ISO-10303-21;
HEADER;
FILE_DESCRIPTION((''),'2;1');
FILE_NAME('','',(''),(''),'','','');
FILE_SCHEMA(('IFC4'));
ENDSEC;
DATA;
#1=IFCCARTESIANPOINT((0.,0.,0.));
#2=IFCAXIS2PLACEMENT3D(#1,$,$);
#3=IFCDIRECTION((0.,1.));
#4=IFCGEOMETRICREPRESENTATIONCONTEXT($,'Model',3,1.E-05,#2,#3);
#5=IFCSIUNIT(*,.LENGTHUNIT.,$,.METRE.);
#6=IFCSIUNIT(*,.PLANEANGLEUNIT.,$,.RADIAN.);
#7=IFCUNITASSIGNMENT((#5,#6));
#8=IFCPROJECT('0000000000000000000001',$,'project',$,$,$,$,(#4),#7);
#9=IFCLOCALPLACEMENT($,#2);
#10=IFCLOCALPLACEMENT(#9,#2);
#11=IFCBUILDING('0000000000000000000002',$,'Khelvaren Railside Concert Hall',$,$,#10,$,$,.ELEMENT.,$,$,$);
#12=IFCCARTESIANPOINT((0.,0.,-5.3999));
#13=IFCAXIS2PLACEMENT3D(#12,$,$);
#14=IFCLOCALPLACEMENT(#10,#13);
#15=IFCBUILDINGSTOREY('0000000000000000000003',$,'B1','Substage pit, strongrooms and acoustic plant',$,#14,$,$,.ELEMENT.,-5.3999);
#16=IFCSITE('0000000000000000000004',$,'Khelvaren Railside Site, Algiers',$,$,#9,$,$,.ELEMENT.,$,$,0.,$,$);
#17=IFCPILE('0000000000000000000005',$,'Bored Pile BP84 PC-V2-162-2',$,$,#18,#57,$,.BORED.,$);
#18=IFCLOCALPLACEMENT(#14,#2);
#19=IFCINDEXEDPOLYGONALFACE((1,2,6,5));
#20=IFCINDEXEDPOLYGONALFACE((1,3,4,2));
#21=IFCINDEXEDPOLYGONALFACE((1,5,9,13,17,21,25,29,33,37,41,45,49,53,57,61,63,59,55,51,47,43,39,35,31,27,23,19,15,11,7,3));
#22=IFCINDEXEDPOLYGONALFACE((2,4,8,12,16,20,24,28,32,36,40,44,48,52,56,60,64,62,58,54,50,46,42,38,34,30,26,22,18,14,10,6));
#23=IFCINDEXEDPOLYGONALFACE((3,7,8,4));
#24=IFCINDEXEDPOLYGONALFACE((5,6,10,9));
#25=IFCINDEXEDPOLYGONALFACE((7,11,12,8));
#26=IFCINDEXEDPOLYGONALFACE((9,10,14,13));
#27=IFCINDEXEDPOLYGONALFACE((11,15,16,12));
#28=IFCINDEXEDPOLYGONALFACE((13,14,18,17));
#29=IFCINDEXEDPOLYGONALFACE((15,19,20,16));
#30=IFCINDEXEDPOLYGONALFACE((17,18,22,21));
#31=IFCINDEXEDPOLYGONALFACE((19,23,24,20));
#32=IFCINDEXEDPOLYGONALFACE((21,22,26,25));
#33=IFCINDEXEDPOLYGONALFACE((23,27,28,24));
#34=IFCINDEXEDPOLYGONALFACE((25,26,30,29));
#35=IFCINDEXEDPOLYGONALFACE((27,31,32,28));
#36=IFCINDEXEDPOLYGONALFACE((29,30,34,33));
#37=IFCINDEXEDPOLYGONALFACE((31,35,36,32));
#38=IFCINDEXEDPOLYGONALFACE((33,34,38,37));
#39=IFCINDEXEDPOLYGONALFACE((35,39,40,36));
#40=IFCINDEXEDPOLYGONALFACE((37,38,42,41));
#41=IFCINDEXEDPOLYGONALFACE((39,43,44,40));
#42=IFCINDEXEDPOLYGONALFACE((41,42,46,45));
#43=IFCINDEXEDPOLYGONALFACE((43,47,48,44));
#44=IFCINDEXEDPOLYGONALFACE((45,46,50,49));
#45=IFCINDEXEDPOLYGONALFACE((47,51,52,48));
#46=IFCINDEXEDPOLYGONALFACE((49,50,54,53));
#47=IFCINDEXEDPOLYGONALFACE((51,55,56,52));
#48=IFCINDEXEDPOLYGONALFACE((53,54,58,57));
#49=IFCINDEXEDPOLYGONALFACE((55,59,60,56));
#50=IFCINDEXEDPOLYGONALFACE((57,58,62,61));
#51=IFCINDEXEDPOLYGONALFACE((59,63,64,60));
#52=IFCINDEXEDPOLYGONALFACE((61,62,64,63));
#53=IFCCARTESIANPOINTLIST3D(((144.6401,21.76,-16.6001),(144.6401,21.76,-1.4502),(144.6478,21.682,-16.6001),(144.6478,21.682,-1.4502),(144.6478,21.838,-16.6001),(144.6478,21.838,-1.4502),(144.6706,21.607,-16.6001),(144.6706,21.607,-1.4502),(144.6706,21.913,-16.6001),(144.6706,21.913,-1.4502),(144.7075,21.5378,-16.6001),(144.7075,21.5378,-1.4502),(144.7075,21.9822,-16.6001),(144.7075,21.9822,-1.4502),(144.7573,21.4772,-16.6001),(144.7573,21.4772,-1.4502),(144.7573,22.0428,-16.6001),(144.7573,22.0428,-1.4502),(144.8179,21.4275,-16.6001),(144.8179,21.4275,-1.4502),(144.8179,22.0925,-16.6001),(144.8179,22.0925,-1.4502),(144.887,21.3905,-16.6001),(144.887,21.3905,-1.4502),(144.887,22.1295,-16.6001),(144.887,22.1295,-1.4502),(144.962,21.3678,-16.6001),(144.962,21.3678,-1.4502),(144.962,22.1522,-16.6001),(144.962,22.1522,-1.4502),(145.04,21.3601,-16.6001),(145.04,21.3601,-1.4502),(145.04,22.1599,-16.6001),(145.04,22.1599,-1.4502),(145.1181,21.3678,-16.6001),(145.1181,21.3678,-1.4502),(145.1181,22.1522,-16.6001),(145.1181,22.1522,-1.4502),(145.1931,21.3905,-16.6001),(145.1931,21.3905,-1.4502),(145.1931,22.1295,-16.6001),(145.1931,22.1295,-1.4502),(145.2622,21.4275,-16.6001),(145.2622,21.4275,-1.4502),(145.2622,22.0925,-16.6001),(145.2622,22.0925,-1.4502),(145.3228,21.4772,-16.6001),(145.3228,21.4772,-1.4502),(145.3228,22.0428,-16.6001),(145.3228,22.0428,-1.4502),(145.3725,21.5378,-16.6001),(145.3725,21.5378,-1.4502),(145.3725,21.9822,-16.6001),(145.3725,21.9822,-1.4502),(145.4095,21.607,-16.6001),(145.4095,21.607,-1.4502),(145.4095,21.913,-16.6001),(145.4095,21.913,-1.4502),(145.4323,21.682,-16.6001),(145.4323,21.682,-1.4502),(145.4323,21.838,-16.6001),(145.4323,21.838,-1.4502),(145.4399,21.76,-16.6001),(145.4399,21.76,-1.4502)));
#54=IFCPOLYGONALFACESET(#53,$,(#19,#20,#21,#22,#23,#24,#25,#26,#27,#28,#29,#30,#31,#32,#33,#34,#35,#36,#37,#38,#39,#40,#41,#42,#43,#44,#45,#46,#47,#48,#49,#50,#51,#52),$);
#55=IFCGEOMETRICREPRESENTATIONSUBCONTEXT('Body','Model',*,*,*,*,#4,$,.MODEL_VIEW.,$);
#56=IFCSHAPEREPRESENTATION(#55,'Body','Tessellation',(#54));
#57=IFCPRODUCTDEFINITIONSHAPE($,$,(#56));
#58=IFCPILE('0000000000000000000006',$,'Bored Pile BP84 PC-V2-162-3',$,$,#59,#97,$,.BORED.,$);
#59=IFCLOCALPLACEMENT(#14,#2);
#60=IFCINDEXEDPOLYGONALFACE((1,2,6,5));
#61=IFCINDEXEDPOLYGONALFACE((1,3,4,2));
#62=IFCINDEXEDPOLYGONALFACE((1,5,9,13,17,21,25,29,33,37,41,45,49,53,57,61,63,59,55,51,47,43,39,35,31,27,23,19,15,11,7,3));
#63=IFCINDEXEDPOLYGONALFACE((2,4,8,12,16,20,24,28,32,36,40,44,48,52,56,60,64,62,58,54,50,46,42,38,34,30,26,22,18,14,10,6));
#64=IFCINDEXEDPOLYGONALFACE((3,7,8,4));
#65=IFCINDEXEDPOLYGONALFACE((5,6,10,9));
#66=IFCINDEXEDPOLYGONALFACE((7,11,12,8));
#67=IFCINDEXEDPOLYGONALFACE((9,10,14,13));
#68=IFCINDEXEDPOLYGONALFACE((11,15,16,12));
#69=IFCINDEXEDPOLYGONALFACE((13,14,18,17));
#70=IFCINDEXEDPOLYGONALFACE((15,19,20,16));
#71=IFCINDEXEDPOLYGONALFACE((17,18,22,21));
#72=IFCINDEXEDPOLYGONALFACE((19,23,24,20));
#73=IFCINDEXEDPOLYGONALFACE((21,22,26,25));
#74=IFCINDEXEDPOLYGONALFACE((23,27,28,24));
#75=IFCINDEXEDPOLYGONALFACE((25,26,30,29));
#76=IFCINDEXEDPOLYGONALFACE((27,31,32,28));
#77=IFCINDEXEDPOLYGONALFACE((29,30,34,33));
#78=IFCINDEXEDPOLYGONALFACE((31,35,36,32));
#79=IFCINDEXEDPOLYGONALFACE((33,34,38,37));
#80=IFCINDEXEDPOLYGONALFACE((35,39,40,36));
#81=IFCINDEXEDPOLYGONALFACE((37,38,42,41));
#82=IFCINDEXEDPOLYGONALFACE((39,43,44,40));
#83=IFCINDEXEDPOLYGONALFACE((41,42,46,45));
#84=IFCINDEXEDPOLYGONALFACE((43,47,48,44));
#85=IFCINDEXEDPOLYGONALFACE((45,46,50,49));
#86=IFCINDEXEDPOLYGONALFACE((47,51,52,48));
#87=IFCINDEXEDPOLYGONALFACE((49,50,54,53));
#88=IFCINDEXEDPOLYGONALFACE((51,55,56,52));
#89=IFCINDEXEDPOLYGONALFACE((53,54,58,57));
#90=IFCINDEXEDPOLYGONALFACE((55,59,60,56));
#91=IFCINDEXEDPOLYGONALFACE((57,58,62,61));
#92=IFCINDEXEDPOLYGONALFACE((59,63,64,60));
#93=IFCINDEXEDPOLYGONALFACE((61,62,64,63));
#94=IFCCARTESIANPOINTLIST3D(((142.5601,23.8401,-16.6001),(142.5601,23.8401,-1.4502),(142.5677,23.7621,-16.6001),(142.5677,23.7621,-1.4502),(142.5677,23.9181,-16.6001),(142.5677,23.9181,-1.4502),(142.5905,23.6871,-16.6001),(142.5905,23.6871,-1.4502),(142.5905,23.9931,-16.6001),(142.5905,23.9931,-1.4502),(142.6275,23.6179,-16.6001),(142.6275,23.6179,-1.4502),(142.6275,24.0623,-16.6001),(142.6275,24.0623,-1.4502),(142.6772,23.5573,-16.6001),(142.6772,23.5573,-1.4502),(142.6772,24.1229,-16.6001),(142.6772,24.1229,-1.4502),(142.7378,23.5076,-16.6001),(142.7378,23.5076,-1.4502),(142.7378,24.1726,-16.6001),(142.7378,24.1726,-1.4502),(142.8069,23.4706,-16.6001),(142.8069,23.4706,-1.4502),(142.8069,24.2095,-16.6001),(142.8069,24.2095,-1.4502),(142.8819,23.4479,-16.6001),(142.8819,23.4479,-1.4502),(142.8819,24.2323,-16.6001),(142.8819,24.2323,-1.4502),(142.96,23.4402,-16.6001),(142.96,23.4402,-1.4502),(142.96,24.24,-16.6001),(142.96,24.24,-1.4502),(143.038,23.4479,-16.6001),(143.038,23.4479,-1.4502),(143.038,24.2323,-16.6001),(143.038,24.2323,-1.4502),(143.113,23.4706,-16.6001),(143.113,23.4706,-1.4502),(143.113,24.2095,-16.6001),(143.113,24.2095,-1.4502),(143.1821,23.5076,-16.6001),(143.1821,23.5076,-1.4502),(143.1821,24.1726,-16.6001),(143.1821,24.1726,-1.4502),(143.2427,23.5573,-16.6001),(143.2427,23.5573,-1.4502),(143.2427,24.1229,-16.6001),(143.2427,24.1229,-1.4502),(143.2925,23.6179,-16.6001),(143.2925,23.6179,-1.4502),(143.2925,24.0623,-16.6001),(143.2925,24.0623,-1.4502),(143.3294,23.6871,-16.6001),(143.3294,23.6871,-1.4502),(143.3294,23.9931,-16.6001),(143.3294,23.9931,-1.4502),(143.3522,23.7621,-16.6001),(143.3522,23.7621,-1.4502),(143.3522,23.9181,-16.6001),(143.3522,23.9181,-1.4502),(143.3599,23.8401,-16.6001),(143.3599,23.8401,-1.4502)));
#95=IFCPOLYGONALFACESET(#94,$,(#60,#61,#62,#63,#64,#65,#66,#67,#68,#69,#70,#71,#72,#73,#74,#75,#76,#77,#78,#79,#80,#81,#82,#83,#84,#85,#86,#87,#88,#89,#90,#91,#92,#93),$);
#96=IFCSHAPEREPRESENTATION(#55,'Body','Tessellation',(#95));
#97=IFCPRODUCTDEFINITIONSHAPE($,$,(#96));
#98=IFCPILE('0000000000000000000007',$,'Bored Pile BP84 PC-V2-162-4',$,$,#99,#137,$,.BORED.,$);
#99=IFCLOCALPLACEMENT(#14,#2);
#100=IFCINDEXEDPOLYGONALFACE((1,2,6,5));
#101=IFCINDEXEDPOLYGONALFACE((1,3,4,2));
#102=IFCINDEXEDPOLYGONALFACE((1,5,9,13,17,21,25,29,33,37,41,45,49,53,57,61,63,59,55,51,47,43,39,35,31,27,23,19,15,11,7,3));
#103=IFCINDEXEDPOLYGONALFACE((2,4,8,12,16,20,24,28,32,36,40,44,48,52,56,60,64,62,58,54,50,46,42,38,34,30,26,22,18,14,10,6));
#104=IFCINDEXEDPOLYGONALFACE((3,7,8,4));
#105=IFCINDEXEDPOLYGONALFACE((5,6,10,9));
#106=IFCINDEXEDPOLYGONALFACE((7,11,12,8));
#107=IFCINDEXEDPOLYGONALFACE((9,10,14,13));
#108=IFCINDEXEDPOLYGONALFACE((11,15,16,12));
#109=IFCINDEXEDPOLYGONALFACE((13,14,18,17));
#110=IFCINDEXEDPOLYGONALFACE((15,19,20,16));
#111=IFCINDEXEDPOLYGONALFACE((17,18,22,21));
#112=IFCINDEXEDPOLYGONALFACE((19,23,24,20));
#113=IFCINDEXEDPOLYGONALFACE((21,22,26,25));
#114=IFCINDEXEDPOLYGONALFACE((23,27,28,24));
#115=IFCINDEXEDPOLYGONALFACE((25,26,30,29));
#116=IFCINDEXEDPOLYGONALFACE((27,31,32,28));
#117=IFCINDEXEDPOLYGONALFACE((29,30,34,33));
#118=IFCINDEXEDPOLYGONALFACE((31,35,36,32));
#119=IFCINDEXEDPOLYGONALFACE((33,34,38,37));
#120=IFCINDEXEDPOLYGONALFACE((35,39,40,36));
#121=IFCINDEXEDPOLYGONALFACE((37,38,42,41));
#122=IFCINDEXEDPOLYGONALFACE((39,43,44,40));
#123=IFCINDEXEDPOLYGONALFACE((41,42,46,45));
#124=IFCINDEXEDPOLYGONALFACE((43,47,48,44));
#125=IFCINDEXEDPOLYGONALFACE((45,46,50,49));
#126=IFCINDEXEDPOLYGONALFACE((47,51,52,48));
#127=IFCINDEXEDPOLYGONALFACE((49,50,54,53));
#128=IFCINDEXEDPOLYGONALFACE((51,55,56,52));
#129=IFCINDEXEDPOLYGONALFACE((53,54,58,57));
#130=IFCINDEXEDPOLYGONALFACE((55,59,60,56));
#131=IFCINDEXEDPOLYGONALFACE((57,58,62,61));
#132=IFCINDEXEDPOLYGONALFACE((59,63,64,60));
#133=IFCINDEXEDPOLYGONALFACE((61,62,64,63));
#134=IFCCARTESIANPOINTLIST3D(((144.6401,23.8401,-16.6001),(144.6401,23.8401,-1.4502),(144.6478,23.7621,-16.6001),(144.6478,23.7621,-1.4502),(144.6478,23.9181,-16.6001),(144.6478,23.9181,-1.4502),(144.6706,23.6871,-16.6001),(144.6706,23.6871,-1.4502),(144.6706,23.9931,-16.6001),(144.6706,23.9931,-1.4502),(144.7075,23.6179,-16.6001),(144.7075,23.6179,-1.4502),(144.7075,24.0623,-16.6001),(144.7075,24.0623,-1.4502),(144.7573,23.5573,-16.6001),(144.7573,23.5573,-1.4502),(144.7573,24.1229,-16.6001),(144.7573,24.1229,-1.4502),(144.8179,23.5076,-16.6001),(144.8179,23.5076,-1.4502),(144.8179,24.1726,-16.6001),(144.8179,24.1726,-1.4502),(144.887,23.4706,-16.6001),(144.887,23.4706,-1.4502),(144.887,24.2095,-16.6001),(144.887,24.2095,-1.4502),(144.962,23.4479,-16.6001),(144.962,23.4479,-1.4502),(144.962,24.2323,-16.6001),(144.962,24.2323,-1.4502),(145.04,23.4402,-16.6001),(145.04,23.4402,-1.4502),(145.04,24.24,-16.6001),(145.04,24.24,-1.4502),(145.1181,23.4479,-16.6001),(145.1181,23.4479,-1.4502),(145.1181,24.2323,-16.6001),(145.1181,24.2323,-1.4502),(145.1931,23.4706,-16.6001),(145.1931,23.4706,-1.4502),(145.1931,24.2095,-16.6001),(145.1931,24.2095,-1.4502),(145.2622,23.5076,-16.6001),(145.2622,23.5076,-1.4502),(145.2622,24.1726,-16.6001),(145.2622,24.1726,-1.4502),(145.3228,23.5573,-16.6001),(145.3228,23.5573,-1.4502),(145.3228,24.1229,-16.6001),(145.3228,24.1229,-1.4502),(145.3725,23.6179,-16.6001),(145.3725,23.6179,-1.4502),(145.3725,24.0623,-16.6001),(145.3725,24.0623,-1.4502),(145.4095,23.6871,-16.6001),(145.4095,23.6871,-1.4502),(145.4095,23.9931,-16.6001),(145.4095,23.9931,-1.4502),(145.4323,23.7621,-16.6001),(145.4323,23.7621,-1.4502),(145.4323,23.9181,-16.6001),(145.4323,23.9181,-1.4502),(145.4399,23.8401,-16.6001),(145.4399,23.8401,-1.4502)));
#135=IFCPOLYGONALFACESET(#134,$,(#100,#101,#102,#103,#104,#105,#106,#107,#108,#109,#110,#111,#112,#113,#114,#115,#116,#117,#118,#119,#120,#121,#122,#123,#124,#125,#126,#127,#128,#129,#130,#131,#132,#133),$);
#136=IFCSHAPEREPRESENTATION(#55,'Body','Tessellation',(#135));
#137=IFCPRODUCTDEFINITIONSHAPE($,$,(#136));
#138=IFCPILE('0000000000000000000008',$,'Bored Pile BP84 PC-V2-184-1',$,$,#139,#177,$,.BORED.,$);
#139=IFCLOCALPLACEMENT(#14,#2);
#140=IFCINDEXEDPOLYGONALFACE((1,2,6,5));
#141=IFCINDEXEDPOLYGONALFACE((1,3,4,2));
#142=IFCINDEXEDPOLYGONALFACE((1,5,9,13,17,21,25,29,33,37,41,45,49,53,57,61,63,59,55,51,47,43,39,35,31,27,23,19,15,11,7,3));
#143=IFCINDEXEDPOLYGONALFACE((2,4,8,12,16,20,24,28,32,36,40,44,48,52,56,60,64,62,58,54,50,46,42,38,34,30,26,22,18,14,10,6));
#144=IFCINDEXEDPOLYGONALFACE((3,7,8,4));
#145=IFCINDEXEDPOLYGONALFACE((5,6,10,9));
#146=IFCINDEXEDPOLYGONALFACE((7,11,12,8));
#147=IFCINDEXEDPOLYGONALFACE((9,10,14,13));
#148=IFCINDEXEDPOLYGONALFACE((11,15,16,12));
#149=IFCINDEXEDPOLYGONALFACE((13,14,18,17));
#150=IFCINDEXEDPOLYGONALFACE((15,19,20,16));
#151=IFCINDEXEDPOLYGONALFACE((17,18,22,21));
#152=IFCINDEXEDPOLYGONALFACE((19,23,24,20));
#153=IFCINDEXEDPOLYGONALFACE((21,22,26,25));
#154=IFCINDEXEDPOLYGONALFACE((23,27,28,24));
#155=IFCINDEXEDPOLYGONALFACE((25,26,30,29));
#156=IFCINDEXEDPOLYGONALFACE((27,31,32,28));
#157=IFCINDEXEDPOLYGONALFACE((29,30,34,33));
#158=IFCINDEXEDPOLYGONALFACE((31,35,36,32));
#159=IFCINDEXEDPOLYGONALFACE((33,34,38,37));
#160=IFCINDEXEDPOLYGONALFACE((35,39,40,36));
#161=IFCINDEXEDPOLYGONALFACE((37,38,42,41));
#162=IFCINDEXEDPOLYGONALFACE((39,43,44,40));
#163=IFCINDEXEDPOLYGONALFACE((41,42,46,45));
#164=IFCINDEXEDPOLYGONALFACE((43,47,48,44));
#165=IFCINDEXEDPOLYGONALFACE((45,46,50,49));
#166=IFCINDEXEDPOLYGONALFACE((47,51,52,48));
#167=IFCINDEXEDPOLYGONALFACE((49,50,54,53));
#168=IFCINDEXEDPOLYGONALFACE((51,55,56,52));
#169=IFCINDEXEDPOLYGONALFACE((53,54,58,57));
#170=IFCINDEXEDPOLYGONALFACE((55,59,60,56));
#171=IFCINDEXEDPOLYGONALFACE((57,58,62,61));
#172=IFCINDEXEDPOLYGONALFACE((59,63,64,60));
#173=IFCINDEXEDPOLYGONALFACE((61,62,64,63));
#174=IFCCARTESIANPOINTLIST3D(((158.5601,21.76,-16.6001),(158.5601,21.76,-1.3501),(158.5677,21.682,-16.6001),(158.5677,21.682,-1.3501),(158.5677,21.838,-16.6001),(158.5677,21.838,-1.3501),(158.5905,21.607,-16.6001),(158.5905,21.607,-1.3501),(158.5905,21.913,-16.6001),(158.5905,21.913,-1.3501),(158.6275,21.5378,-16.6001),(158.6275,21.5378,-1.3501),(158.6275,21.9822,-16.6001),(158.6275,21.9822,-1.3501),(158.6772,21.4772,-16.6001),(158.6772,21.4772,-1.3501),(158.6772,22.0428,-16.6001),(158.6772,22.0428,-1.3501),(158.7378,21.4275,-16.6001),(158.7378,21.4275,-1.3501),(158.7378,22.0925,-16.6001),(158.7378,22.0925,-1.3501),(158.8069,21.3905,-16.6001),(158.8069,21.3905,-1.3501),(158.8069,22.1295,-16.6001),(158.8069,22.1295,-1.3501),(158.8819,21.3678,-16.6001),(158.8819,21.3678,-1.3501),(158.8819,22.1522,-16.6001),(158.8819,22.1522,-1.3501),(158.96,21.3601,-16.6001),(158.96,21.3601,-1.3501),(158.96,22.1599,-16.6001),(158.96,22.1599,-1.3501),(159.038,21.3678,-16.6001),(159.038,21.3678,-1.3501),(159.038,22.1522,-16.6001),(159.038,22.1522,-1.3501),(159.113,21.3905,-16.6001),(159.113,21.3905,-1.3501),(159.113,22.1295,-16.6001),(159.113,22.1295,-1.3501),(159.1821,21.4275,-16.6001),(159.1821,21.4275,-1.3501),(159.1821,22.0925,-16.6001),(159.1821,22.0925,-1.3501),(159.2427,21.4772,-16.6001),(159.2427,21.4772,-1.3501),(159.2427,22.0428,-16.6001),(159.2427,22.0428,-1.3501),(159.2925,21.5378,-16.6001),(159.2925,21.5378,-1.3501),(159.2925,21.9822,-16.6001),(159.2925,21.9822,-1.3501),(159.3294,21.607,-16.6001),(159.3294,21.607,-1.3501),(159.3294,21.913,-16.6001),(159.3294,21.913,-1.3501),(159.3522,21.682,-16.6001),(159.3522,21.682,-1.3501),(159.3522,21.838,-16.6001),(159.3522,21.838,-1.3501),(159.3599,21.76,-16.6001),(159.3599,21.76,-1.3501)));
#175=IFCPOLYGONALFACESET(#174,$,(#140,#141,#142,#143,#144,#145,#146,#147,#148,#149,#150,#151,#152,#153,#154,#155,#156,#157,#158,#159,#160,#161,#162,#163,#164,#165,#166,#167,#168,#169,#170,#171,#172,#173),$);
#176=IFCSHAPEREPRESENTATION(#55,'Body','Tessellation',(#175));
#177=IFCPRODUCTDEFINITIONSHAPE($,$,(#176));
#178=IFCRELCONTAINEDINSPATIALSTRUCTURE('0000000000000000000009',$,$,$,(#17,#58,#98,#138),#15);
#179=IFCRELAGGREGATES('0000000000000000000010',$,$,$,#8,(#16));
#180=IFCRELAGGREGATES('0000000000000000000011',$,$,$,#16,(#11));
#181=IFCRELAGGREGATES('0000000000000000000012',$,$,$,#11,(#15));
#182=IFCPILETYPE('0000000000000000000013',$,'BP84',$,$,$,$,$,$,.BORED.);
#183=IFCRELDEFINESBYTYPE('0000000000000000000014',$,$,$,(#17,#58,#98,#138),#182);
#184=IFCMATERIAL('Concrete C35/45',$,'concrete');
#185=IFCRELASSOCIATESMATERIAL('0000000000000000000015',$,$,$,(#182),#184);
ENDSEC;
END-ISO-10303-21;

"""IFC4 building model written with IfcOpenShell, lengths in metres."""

from ifc_helpers import new_model, si_unit, direction, frame, origin, origin_2d, place, context, subcontext, project, spatial, circle, extrude, material, material_profile, profile_set, type_object, element, save


model = new_model("IFC4")

# Units and contexts
model_context = context("Model", 3, precision=1e-05, world=origin(), true_north=direction((0.0, 1.0)))
body_context = subcontext(model_context, "Body", "Model", "MODEL_VIEW")
ifc_project = project(units=[si_unit("LENGTHUNIT", "METRE"), si_unit("PLANEANGLEUNIT", "RADIAN")], contexts=[model_context])

# Site, building, storey
site_placement = place(None, origin())
site = spatial("IfcSite", under=ifc_project, at=site_placement, Name="Khelvaren Railside Site, Algiers", CompositionType="ELEMENT", RefElevation=0.0)
building_placement = place(site_placement, origin())
building = spatial("IfcBuilding", under=site, at=building_placement, Name="Khelvaren Railside Concert Hall", CompositionType="ELEMENT")
storey_placement = place(building_placement, frame((0.0, 0.0, -5.3999)))
storey = spatial("IfcBuildingStorey", under=building, at=storey_placement, Name="B1", Description="Substage pit, strongrooms and acoustic plant", CompositionType="ELEMENT", Elevation=-5.3999)

# Piles
ifc_material_1 = material(Name="Concrete C35/45", Category="concrete")
ifc_material_profile_1 = material_profile(ifc_material_1, circle(Radius=0.3999, at=origin_2d()), Name="BP D800")
ifc_profile_set_1 = profile_set([ifc_material_profile_1], Name="Concrete C35/45")
pile_type_1 = type_object("IfcPileType", Name="BP84", PredefinedType="BORED", material=ifc_profile_set_1)
for number, where, z_axis, x_axis, name in (
    (1, (145.04, 21.76, -1.4502), (0.0, 0.0, -1.0), (1.0, 0.0, 0.0), "Bored Pile BP84 PC-V2-162-2"),
    (2, (142.96, 23.8401, -1.4502), (0.0, 0.0, -1.0), (1.0, 0.0, 0.0), "Bored Pile BP84 PC-V2-162-3"),
    (3, (145.04, 23.8401, -1.4502), (0.0, 0.0, -1.0), (1.0, 0.0, 0.0), "Bored Pile BP84 PC-V2-162-4"),
):
    element("IfcPile", number, at=place(storey_placement, frame(where, z_axis=z_axis, x_axis=x_axis)), inside=storey, type_object=pile_type_1, Name=name, PredefinedType="BORED", context=body_context, shape_type="SweptSolid", body=[
        extrude(circle(Radius=0.3999, at=origin_2d()), origin(), (0.0, 0.0, 1.0), 15.1499),
    ])
for number, where, z_axis, x_axis, name in (
    (4, (158.96, 21.76, -1.3501), (0.0, 0.0, -1.0), (1.0, 0.0, 0.0), "Bored Pile BP84 PC-V2-184-1"),
):
    element("IfcPile", number, at=place(storey_placement, frame(where, z_axis=z_axis, x_axis=x_axis)), inside=storey, type_object=pile_type_1, Name=name, PredefinedType="BORED", context=body_context, shape_type="SweptSolid", body=[
        extrude(circle(Radius=0.3999, at=origin_2d()), origin(), (0.0, 0.0, 1.0), 15.25),
    ])

save(model, "model.ifc")
